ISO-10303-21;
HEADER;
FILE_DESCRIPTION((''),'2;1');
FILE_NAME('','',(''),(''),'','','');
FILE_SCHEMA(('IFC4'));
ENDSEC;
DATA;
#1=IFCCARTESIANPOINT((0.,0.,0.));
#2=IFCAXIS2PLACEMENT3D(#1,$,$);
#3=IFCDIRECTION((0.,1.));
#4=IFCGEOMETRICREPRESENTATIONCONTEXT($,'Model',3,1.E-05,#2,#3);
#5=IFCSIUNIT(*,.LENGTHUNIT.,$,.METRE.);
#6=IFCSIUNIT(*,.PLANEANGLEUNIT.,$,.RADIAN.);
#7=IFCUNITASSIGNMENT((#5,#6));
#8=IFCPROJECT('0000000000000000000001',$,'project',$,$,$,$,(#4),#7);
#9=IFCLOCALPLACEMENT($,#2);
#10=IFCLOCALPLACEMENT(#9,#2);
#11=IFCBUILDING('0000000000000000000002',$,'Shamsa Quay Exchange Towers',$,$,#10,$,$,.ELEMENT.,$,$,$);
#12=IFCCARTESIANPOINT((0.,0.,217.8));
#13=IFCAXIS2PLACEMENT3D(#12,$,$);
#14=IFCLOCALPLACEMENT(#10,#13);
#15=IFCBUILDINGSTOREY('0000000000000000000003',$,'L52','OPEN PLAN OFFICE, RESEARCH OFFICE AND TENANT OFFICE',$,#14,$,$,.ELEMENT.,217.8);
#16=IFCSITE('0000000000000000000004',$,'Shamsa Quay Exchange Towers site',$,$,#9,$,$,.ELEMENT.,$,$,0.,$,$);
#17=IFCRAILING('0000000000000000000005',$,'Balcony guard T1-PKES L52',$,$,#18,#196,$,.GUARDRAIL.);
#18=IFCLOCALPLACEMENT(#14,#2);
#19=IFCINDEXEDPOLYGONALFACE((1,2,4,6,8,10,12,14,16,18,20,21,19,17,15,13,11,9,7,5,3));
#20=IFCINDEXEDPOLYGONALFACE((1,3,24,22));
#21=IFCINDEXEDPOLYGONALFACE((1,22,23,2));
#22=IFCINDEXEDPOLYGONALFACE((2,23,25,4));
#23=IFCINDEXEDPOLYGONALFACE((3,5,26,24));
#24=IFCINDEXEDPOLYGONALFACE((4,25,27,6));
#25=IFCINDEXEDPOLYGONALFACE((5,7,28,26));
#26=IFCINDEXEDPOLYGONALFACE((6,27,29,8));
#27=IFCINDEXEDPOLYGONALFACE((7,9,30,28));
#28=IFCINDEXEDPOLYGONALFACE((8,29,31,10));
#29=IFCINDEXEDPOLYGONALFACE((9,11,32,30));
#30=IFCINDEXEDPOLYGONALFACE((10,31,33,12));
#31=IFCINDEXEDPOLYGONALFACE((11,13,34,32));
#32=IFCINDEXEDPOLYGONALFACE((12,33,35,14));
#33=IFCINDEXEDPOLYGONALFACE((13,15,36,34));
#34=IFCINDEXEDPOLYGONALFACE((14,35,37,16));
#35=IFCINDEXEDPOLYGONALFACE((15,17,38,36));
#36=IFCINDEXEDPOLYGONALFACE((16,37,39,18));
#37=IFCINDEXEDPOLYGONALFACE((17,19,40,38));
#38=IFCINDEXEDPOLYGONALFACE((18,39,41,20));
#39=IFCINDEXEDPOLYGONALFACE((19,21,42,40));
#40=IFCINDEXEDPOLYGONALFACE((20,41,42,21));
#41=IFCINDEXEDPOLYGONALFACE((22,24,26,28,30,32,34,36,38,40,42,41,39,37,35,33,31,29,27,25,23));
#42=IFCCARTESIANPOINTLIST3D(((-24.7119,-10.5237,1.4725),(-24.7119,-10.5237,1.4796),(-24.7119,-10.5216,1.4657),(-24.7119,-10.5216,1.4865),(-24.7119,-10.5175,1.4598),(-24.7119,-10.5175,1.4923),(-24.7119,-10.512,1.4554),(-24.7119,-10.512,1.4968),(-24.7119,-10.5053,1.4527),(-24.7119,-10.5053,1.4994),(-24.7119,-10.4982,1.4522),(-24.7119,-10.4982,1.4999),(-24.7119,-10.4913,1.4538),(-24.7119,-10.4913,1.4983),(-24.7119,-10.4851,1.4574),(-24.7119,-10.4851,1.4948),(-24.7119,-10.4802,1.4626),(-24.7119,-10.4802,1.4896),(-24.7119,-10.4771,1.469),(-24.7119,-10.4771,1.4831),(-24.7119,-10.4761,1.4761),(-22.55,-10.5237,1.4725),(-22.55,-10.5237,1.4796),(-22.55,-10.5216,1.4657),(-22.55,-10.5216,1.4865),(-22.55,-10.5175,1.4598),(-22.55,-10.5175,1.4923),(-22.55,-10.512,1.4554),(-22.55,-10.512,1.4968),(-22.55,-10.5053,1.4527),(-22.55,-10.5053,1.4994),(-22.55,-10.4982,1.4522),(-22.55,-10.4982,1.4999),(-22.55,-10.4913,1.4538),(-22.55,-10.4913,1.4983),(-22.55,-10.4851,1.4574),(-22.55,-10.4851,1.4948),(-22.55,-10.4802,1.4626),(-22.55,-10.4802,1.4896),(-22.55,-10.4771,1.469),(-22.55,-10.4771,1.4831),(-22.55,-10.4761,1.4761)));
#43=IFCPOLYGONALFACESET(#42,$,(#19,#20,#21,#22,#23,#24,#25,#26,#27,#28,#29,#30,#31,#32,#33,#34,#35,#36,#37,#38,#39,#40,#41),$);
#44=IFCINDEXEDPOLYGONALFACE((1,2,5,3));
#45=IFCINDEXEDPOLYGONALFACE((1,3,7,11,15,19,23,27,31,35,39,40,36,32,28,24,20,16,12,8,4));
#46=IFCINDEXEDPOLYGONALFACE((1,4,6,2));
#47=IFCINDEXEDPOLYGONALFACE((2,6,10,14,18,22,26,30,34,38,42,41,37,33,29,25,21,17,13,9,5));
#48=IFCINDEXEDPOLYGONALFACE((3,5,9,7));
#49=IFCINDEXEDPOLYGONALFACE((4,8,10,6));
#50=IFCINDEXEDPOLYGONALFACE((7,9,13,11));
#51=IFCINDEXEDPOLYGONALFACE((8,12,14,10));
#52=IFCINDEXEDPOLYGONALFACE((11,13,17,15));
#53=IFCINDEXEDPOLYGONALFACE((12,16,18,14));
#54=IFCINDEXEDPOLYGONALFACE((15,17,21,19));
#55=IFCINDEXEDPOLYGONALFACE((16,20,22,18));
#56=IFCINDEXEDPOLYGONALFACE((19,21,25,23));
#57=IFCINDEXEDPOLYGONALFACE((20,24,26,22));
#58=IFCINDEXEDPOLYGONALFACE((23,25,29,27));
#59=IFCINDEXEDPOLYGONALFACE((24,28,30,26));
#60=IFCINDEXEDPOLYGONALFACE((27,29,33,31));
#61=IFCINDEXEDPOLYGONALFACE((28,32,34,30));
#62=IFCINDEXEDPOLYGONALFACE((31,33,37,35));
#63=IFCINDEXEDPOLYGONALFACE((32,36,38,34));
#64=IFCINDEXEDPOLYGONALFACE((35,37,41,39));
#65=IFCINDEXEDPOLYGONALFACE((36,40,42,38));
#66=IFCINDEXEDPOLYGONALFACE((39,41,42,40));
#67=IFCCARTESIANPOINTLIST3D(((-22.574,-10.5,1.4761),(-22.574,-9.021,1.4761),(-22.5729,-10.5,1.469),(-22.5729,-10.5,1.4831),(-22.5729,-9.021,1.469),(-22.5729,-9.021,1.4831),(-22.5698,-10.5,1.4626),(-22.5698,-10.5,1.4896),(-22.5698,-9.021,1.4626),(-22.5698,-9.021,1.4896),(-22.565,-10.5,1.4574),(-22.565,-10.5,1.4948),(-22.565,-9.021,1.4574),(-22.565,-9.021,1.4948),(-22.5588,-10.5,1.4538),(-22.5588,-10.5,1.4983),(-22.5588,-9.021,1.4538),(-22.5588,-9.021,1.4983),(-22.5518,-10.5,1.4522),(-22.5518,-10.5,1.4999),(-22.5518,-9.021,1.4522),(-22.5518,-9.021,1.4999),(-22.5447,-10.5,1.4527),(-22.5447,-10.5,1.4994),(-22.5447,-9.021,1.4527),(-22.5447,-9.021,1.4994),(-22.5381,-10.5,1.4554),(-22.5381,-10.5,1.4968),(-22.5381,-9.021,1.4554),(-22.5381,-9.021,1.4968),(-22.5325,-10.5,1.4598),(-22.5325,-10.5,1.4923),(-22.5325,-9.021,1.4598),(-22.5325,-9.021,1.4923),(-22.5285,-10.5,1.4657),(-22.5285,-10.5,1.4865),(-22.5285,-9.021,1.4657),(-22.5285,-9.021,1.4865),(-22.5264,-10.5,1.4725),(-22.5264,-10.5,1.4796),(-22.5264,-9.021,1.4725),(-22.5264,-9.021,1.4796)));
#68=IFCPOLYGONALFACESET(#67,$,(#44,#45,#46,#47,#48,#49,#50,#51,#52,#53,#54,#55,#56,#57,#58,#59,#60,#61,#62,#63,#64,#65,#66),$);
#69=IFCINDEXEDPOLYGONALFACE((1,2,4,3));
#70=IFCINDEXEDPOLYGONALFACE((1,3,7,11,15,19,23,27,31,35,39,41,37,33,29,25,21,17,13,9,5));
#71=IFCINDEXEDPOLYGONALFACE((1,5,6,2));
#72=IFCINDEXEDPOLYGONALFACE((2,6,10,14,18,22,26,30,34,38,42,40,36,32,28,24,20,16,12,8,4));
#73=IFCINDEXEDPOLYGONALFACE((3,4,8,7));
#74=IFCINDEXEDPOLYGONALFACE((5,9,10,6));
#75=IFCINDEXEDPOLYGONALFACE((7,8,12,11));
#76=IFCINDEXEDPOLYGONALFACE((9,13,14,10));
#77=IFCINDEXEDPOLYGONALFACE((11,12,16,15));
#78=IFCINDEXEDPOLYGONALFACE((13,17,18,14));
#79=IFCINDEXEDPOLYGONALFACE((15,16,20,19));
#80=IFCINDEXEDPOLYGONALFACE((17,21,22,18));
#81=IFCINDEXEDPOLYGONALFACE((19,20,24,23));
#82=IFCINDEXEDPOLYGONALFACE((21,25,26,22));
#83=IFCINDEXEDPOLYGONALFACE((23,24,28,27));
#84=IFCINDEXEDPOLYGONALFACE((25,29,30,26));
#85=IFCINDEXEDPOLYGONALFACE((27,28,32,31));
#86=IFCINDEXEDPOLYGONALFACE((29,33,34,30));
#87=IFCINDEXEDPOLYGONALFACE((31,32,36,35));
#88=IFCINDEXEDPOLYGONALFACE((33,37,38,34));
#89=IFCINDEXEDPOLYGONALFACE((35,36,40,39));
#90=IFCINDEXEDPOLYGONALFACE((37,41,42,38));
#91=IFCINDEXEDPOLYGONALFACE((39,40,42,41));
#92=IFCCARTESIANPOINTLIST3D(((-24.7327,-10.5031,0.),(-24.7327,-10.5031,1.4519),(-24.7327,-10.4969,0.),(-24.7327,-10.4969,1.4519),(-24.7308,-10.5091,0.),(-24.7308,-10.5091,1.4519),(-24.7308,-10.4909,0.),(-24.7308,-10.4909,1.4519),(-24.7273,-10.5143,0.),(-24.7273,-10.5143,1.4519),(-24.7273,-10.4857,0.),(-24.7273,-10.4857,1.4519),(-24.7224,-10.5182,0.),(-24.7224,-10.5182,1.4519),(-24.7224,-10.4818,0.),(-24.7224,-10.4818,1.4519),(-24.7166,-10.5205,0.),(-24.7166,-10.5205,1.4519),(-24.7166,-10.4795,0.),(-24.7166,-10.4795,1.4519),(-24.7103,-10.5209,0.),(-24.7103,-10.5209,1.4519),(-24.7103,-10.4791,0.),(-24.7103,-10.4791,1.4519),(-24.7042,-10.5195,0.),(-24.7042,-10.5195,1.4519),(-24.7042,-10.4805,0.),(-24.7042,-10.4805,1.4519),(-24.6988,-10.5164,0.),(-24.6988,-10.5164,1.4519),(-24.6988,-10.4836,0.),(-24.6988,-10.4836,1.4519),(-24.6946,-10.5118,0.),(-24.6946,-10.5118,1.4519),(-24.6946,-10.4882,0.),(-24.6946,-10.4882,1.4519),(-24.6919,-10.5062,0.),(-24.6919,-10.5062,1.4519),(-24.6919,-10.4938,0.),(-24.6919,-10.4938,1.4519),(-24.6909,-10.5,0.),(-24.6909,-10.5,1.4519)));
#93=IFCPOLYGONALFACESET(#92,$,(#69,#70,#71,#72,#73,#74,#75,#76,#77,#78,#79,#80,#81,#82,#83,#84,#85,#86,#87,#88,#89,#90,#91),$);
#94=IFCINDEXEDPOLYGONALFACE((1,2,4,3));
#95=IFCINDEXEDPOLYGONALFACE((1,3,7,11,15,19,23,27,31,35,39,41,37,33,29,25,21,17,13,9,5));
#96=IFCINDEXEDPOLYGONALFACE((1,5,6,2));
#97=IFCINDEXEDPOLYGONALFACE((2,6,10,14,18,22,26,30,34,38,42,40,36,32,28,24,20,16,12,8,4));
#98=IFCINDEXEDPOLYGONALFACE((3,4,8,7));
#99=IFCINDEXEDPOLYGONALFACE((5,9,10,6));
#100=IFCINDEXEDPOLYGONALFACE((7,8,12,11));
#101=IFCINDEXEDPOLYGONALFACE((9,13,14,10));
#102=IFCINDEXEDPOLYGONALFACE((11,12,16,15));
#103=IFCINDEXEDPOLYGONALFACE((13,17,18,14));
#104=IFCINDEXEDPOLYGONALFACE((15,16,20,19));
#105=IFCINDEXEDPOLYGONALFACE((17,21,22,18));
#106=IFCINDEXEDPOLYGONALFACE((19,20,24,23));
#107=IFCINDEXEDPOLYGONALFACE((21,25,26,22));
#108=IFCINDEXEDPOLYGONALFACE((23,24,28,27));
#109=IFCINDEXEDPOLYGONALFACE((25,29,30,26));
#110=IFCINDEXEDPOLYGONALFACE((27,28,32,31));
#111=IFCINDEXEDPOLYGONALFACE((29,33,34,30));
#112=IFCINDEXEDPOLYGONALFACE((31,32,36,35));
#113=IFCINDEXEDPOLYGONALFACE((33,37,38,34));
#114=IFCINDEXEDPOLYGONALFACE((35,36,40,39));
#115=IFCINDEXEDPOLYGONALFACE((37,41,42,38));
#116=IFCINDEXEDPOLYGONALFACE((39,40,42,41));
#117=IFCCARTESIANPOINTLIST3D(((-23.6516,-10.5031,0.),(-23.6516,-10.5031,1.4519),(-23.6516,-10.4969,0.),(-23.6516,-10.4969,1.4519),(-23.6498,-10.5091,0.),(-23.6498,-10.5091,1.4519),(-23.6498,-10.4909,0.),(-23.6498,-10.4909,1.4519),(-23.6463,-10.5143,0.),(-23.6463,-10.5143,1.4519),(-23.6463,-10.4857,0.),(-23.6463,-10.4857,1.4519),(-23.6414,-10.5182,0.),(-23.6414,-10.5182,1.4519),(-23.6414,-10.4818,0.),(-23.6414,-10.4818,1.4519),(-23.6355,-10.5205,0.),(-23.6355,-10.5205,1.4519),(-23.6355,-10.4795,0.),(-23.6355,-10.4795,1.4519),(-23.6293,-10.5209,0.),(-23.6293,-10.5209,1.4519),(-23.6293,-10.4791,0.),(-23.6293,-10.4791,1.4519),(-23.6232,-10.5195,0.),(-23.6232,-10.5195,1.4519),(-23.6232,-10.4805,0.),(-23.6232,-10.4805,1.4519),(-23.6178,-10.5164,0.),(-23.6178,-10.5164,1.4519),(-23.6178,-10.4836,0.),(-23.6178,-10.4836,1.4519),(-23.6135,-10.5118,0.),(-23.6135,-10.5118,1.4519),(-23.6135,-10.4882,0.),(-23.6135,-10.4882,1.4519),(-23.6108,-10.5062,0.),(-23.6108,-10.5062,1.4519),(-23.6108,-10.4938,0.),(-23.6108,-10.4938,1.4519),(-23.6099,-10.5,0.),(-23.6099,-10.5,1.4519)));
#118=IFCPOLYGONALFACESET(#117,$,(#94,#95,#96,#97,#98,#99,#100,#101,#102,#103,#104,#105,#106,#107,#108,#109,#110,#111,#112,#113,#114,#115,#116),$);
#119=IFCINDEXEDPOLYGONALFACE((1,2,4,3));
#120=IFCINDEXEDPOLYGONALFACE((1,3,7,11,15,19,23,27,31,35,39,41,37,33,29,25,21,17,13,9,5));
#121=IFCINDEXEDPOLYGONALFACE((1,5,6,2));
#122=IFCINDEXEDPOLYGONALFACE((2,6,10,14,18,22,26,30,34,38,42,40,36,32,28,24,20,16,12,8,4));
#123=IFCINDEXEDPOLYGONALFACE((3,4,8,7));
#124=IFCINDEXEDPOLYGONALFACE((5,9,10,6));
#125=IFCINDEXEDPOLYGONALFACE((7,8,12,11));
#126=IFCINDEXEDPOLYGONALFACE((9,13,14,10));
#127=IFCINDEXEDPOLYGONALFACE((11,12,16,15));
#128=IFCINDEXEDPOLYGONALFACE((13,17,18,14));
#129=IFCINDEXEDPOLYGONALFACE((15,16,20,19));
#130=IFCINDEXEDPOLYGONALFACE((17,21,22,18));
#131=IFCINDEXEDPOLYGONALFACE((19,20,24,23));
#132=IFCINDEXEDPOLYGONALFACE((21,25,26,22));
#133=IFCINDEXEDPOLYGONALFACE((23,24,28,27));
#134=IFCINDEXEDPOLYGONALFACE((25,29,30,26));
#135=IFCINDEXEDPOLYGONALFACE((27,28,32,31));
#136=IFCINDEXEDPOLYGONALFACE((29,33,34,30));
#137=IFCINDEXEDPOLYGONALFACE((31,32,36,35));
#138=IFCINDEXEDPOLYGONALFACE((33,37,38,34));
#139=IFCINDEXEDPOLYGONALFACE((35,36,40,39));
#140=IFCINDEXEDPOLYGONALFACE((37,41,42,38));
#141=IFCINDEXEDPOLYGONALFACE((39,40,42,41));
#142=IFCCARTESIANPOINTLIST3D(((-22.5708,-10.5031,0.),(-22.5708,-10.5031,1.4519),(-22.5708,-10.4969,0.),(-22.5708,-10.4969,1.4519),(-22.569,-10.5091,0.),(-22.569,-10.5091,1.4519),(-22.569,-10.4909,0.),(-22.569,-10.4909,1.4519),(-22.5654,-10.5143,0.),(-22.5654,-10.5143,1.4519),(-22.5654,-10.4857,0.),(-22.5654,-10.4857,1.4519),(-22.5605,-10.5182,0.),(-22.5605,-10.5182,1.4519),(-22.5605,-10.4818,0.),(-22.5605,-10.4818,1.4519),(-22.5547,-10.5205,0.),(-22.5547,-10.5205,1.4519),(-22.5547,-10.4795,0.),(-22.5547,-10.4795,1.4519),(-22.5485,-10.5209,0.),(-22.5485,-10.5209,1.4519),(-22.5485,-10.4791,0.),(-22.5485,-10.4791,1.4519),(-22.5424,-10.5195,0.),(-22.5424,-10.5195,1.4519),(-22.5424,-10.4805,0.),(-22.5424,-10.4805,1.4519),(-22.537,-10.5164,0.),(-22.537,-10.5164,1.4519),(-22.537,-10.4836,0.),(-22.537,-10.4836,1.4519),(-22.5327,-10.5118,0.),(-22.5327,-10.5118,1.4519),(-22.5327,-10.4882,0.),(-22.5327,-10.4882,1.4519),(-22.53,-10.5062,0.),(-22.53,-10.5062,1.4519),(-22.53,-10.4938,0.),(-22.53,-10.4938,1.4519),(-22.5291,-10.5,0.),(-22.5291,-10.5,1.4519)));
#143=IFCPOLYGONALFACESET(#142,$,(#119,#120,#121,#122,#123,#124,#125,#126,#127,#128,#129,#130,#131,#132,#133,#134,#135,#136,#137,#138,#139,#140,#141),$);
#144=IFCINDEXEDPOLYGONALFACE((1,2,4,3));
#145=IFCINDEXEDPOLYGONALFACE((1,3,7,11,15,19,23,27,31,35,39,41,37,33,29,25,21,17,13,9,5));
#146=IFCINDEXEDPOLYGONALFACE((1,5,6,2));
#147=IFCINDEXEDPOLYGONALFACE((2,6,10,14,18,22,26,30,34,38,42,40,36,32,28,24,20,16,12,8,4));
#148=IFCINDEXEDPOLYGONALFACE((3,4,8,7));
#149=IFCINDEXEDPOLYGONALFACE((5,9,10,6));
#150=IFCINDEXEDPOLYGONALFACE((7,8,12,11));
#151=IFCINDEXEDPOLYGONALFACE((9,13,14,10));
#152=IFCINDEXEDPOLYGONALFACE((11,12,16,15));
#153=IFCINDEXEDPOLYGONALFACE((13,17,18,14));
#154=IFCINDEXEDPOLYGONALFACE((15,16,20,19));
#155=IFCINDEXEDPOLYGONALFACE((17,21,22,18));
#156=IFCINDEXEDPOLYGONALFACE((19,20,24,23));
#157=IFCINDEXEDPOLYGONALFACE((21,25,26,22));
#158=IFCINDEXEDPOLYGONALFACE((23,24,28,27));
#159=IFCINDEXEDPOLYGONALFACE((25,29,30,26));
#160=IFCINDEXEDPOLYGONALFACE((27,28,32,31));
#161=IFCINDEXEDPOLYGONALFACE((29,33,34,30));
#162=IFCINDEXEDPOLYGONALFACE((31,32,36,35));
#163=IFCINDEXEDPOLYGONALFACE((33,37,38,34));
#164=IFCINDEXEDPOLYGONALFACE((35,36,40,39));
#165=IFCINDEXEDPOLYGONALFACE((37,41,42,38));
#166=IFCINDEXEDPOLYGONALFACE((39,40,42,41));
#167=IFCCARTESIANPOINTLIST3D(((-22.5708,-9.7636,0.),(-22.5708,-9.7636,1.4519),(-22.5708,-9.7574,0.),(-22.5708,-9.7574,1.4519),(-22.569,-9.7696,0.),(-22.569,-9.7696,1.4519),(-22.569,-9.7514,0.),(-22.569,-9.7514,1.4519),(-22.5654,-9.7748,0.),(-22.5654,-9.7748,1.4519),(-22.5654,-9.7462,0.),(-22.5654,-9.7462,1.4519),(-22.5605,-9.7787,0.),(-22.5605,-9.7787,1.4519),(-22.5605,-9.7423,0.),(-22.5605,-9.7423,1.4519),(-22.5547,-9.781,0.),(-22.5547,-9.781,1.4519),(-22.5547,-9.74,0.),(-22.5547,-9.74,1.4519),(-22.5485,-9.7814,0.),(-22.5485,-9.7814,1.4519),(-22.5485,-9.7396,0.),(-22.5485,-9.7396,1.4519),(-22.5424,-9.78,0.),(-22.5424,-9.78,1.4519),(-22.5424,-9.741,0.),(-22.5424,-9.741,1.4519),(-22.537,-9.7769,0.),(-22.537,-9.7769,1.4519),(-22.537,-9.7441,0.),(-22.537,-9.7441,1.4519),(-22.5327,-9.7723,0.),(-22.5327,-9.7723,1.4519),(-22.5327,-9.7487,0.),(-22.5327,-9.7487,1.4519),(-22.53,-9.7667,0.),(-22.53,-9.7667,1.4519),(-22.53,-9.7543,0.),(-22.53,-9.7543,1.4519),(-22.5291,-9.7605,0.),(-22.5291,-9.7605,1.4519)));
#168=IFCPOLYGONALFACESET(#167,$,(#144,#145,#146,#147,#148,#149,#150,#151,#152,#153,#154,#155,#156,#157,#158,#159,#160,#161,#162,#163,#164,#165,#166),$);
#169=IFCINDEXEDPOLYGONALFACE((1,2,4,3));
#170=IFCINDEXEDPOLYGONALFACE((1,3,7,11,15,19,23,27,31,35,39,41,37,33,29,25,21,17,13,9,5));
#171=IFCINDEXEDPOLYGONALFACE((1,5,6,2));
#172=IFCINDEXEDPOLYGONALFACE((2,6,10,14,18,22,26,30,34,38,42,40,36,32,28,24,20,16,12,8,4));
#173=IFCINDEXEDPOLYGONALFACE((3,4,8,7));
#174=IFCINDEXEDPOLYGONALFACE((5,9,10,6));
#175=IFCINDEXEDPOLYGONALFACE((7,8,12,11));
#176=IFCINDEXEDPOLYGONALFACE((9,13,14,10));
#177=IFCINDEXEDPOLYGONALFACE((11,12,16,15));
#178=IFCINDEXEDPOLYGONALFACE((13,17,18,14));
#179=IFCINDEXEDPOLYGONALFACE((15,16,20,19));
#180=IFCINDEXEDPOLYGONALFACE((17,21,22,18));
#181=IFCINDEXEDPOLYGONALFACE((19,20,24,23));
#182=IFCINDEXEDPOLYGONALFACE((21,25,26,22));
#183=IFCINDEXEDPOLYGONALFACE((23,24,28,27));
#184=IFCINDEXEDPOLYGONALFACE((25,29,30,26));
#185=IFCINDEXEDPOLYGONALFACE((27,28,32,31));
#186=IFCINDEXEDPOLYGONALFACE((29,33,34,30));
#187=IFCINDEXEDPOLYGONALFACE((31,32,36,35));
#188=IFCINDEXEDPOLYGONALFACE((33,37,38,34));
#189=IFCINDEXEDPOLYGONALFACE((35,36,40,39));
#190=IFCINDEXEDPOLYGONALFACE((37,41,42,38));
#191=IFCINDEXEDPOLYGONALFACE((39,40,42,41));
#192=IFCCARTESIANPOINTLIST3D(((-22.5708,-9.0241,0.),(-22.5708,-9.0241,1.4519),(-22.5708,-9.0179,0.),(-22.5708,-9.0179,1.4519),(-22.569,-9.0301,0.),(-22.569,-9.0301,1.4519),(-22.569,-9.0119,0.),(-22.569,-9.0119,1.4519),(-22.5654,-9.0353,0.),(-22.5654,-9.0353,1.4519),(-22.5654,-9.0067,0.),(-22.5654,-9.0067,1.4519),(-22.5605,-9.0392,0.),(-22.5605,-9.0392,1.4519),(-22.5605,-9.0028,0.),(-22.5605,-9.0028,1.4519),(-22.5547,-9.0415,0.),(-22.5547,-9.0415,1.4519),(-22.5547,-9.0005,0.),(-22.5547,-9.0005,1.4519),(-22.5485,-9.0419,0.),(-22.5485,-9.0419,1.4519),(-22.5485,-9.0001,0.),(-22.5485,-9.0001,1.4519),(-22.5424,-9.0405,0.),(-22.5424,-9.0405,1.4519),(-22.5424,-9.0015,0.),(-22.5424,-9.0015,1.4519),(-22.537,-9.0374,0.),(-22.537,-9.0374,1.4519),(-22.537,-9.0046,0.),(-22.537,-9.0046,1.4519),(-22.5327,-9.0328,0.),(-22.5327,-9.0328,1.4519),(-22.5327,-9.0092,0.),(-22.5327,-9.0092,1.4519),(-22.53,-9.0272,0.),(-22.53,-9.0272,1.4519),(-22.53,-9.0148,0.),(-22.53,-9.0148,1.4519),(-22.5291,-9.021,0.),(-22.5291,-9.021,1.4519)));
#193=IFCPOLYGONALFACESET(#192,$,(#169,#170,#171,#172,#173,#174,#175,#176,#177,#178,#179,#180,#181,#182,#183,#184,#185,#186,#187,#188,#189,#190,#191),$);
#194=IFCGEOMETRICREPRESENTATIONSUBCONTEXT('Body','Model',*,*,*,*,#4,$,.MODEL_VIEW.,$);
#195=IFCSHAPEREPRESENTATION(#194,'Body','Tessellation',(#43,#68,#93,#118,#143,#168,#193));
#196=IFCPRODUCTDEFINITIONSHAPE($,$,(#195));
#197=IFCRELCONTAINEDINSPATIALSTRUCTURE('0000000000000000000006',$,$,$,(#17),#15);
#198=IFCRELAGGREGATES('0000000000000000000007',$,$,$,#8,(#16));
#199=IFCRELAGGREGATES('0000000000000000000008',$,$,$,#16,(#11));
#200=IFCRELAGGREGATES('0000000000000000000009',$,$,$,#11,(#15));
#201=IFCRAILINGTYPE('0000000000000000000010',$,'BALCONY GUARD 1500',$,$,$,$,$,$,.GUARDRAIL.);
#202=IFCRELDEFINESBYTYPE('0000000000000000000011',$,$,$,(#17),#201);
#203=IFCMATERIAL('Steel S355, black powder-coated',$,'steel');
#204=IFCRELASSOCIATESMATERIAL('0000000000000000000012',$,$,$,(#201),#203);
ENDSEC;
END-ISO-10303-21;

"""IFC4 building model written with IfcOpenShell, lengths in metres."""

from ifc_helpers import new_model, si_unit, direction, frame, origin, origin_2d, place, context, subcontext, project, spatial, circle, extrude, material, type_object, element, save


model = new_model("IFC4")

# Units and contexts
model_context = context("Model", 3, precision=1e-05, world=origin(), true_north=direction((0.0, 1.0)))
body_context = subcontext(model_context, "Body", "Model", "MODEL_VIEW")
ifc_project = project(units=[si_unit("LENGTHUNIT", "METRE"), si_unit("PLANEANGLEUNIT", "RADIAN")], contexts=[model_context])

# Site, building, storey
site_placement = place(None, origin())
site = spatial("IfcSite", under=ifc_project, at=site_placement, Name="Shamsa Quay Exchange Towers site", CompositionType="ELEMENT", RefElevation=0.0)
building_placement = place(site_placement, origin())
building = spatial("IfcBuilding", under=site, at=building_placement, Name="Shamsa Quay Exchange Towers", CompositionType="ELEMENT")
storey_placement = place(building_placement, frame((0.0, 0.0, 217.8)))
storey = spatial("IfcBuildingStorey", under=building, at=storey_placement, Name="L52", Description="OPEN PLAN OFFICE, RESEARCH OFFICE AND TENANT OFFICE", CompositionType="ELEMENT", Elevation=217.8)

# Railing
ifc_material_1 = material(Name="Steel S355, black powder-coated", Category="steel")
railing_type_1 = type_object("IfcRailingType", Name="BALCONY GUARD 1500", PredefinedType="GUARDRAIL", material=ifc_material_1)
for number, where, name in (
    (1, (-24.7119, -10.5, 0.0), "Balcony guard T1-PKES L52"),
):
    element("IfcRailing", number, at=place(storey_placement, frame(where)), inside=storey, type_object=railing_type_1, Name=name, PredefinedType="GUARDRAIL", context=body_context, shape_type="SweptSolid", body=[
        extrude(circle(Radius=0.0239, at=origin_2d()), frame((0.0, 0.0, 1.4761), z_axis=(1.0, 0.0, 0.0), x_axis=(0.0, 1.0, 0.0)), (0.0, 0.0, 1.0), 2.1619),
        extrude(circle(Radius=0.0239, at=origin_2d()), frame((2.1619, 0.0, 1.4761), z_axis=(0.0, 1.0, 0.0), x_axis=(-1.0, 0.0, 0.0)), (0.0, 0.0, 1.0), 1.479),
        extrude(circle(Radius=0.021, at=origin_2d()), origin(), (0.0, 0.0, 1.0), 1.4519),
        extrude(circle(Radius=0.021, at=origin_2d()), frame((1.0811, 0.0, 0.0)), (0.0, 0.0, 1.0), 1.4519),
        extrude(circle(Radius=0.021, at=origin_2d()), frame((2.1619, 0.0, 0.0)), (0.0, 0.0, 1.0), 1.4519),
        extrude(circle(Radius=0.021, at=origin_2d()), frame((2.1619, 0.7395, 0.0)), (0.0, 0.0, 1.0), 1.4519),
        extrude(circle(Radius=0.021, at=origin_2d()), frame((2.1619, 1.479, 0.0)), (0.0, 0.0, 1.0), 1.4519),
    ])

save(model, "model.ifc")
